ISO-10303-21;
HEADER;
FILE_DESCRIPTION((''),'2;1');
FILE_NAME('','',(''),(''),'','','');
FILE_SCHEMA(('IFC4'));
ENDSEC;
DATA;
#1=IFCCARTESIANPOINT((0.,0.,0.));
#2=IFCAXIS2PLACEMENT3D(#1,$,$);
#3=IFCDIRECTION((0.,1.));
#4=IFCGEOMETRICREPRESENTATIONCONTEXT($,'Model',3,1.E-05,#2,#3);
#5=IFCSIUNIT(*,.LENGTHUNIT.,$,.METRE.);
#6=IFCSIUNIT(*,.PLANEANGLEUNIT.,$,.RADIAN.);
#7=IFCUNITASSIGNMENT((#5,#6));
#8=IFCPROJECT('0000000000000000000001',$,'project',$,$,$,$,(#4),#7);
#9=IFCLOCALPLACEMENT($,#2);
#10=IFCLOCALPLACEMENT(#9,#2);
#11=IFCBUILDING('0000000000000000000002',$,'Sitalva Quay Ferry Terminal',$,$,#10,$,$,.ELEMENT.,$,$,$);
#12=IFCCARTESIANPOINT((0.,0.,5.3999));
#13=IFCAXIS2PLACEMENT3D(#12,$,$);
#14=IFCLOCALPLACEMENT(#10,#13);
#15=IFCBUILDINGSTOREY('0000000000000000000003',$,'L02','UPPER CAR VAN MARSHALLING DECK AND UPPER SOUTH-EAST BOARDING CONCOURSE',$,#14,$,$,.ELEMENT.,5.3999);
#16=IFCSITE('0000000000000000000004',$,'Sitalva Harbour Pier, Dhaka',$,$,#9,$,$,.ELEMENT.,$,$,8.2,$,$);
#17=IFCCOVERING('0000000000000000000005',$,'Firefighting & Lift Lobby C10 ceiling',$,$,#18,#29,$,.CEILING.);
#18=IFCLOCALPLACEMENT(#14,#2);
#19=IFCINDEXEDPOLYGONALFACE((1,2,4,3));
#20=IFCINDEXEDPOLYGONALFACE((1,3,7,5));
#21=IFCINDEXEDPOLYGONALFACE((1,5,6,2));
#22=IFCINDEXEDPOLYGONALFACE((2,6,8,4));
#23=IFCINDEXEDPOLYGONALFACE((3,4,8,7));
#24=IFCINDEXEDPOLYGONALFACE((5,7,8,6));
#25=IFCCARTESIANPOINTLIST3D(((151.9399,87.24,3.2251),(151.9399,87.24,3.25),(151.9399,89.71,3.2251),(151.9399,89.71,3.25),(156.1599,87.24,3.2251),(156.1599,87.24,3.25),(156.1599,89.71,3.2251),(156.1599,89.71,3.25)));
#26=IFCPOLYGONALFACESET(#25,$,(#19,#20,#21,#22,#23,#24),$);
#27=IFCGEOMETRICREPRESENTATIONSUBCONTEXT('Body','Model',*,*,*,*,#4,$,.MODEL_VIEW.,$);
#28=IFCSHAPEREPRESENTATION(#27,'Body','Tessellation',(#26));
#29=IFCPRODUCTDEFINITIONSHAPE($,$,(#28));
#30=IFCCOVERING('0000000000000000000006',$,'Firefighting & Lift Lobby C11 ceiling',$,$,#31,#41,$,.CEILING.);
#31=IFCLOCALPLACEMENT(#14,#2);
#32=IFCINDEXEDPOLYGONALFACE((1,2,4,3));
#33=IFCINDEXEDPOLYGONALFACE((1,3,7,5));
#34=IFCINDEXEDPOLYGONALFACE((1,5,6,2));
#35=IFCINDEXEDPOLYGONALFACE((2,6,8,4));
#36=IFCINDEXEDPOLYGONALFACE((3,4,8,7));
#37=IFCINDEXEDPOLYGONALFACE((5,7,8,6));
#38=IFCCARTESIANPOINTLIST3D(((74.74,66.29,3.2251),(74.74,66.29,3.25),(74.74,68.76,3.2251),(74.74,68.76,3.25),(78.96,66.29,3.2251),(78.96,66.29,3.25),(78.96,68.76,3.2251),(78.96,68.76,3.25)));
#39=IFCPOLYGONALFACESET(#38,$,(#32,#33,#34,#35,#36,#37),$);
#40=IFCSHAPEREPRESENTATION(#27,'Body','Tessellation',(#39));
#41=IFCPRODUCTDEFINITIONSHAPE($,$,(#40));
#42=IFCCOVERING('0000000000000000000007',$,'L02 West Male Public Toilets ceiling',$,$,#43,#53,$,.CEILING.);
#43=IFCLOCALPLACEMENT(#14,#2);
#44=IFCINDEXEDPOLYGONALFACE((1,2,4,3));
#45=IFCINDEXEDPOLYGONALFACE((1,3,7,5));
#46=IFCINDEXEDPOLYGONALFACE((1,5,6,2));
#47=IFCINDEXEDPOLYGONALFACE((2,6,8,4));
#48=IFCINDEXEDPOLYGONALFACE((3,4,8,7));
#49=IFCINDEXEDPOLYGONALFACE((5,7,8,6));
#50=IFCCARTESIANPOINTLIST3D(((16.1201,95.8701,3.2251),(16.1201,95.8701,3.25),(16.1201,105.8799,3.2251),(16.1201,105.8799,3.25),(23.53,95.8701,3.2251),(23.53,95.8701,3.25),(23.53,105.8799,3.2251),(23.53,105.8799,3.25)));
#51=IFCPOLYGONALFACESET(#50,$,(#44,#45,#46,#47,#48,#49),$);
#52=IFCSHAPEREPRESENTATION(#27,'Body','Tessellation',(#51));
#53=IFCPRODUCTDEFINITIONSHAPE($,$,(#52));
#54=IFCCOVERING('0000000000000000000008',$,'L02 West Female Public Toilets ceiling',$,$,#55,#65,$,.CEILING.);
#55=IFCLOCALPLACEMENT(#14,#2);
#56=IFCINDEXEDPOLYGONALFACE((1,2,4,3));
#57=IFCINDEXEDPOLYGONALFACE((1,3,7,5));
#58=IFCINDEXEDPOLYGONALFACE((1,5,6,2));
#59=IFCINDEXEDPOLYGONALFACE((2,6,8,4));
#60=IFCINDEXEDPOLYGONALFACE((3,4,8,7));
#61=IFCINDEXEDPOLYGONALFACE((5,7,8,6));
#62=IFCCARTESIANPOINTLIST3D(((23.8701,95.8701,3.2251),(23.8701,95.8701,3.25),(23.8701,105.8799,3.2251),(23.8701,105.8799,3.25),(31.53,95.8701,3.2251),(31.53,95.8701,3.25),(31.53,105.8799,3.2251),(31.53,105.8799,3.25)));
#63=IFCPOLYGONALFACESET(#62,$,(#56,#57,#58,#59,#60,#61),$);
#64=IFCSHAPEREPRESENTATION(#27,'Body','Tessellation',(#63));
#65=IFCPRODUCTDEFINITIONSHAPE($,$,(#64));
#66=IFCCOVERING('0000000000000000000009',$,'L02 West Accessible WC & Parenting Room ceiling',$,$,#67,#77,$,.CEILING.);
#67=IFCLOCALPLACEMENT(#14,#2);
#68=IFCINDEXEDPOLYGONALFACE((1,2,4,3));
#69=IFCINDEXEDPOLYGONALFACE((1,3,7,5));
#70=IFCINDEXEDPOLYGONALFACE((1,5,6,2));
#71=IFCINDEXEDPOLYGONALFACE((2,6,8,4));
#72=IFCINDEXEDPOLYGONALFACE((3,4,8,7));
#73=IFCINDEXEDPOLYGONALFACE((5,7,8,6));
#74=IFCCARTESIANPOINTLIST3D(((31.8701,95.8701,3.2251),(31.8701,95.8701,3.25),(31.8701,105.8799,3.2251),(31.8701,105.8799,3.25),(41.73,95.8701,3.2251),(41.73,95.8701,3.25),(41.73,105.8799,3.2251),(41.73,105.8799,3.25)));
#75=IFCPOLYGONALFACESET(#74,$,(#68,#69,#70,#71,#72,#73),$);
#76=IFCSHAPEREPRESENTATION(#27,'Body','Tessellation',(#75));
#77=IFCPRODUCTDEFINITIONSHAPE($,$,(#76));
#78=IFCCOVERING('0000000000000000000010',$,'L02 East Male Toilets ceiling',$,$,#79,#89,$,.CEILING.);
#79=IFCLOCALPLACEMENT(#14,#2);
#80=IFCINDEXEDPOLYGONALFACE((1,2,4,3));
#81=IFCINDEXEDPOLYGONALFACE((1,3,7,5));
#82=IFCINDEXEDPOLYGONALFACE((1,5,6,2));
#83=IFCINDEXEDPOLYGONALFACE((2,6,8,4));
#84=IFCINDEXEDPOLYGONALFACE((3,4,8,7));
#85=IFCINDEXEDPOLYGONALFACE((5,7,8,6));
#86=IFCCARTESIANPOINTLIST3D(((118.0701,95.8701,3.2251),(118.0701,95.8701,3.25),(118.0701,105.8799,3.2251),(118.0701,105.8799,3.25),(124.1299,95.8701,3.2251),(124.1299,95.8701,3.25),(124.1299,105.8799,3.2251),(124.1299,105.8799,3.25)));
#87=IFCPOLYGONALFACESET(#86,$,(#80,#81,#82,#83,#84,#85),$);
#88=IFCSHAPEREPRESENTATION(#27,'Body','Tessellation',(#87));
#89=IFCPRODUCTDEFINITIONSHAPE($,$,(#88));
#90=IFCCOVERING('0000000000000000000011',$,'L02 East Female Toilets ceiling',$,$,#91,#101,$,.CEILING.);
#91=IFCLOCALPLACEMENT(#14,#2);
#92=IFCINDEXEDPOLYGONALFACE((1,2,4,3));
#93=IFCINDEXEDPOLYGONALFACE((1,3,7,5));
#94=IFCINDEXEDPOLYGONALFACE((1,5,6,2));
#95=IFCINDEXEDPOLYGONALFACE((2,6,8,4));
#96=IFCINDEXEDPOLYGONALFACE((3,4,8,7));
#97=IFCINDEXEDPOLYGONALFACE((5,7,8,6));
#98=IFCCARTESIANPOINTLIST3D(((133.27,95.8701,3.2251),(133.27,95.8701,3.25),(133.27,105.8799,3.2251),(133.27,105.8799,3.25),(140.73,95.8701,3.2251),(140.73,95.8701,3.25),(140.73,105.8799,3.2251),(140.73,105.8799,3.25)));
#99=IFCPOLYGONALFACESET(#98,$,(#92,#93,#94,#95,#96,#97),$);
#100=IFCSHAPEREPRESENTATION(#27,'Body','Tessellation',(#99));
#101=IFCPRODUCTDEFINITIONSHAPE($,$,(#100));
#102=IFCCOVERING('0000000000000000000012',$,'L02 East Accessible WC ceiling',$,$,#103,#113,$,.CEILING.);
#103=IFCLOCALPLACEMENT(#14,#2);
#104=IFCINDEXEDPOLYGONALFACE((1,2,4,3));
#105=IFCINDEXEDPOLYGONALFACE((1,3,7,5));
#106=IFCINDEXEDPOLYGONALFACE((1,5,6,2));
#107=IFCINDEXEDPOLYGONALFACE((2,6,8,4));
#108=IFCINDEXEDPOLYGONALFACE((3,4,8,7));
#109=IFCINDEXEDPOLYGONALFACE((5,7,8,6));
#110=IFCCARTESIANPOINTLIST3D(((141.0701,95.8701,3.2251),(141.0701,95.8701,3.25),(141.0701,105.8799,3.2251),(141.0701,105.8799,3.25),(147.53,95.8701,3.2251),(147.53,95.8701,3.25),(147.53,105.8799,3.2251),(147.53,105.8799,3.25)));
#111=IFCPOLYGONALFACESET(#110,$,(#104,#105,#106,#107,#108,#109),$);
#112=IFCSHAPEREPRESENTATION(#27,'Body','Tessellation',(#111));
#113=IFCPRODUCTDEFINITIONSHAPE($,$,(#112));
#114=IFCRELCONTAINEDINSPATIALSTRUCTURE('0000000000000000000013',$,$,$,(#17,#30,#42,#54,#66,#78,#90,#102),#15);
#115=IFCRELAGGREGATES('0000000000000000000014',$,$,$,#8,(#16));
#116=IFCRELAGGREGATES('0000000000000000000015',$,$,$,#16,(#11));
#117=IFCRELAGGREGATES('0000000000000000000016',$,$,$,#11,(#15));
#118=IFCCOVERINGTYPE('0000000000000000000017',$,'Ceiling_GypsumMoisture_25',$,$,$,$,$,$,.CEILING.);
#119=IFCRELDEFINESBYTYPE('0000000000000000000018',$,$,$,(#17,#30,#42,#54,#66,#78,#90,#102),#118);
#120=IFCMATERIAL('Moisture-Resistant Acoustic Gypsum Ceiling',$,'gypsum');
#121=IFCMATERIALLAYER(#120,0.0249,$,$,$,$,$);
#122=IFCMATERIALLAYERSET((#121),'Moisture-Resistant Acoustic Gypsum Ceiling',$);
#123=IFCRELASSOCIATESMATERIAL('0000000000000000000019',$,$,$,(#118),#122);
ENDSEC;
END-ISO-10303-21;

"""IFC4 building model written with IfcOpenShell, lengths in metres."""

from ifc_helpers import new_model, si_unit, direction, frame, origin, place, context, subcontext, project, spatial, polyline, outline, extrude, material, layer, layer_set, type_object, element, save


model = new_model("IFC4")

# Units and contexts
model_context = context("Model", 3, precision=1e-05, world=origin(), true_north=direction((0.0, 1.0)))
body_context = subcontext(model_context, "Body", "Model", "MODEL_VIEW")
ifc_project = project(units=[si_unit("LENGTHUNIT", "METRE"), si_unit("PLANEANGLEUNIT", "RADIAN")], contexts=[model_context])

# Site, building, storey
site_placement = place(None, origin())
site = spatial("IfcSite", under=ifc_project, at=site_placement, Name="Sitalva Harbour Pier, Dhaka", CompositionType="ELEMENT", RefElevation=8.2)
building_placement = place(site_placement, origin())
building = spatial("IfcBuilding", under=site, at=building_placement, Name="Sitalva Quay Ferry Terminal", CompositionType="ELEMENT")
storey_placement = place(building_placement, frame((0.0, 0.0, 5.3999)))
storey = spatial("IfcBuildingStorey", under=building, at=storey_placement, Name="L02", Description="UPPER CAR VAN MARSHALLING DECK AND UPPER SOUTH-EAST BOARDING CONCOURSE", CompositionType="ELEMENT", Elevation=5.3999)

# Coverings
ifc_material_1 = material(Name="Moisture-Resistant Acoustic Gypsum Ceiling", Category="gypsum")
ifc_layer_1 = layer(ifc_material_1, 0.0249)
ifc_layer_set_1 = layer_set([ifc_layer_1], Name="Moisture-Resistant Acoustic Gypsum Ceiling")
covering_type_1 = type_object("IfcCoveringType", Name="Ceiling_GypsumMoisture_25", PredefinedType="CEILING", material=ifc_layer_set_1)
covering_1_placement = place(storey_placement, frame((0.0, 0.0, 3.2251)))
element("IfcCovering", 1, at=covering_1_placement, inside=storey, type_object=covering_type_1, Name="Firefighting & Lift Lobby C10 ceiling", PredefinedType="CEILING", context=body_context, shape_type="SweptSolid", body=[
    extrude(outline(polyline([(151.9399, 87.24), (156.1599, 87.24), (156.1599, 89.71), (151.9399, 89.71), (151.9399, 87.24)])), origin(), (0.0, 0.0, 1.0), 0.0249),
])
covering_2_placement = place(storey_placement, frame((0.0, 0.0, 3.2251)))
element("IfcCovering", 2, at=covering_2_placement, inside=storey, type_object=covering_type_1, Name="Firefighting & Lift Lobby C11 ceiling", PredefinedType="CEILING", context=body_context, shape_type="SweptSolid", body=[
    extrude(outline(polyline([(74.74, 66.29), (78.96, 66.29), (78.96, 68.76), (74.74, 68.76), (74.74, 66.29)])), origin(), (0.0, 0.0, 1.0), 0.0249),
])
covering_3_placement = place(storey_placement, frame((0.0, 0.0, 3.2251)))
element("IfcCovering", 3, at=covering_3_placement, inside=storey, type_object=covering_type_1, Name="L02 West Male Public Toilets ceiling", PredefinedType="CEILING", context=body_context, shape_type="SweptSolid", body=[
    extrude(outline(polyline([(16.1201, 95.8701), (23.53, 95.8701), (23.53, 105.8799), (16.1201, 105.8799), (16.1201, 95.8701)])), origin(), (0.0, 0.0, 1.0), 0.0249),
])
covering_4_placement = place(storey_placement, frame((0.0, 0.0, 3.2251)))
element("IfcCovering", 4, at=covering_4_placement, inside=storey, type_object=covering_type_1, Name="L02 West Female Public Toilets ceiling", PredefinedType="CEILING", context=body_context, shape_type="SweptSolid", body=[
    extrude(outline(polyline([(23.8701, 95.8701), (31.53, 95.8701), (31.53, 105.8799), (23.8701, 105.8799), (23.8701, 95.8701)])), origin(), (0.0, 0.0, 1.0), 0.0249),
])
covering_5_placement = place(storey_placement, frame((0.0, 0.0, 3.2251)))
element("IfcCovering", 5, at=covering_5_placement, inside=storey, type_object=covering_type_1, Name="L02 West Accessible WC & Parenting Room ceiling", PredefinedType="CEILING", context=body_context, shape_type="SweptSolid", body=[
    extrude(outline(polyline([(31.8701, 95.8701), (41.73, 95.8701), (41.73, 105.8799), (31.8701, 105.8799), (31.8701, 95.8701)])), origin(), (0.0, 0.0, 1.0), 0.0249),
])
covering_6_placement = place(storey_placement, frame((0.0, 0.0, 3.2251)))
element("IfcCovering", 6, at=covering_6_placement, inside=storey, type_object=covering_type_1, Name="L02 East Male Toilets ceiling", PredefinedType="CEILING", context=body_context, shape_type="SweptSolid", body=[
    extrude(outline(polyline([(118.0701, 95.8701), (124.1299, 95.8701), (124.1299, 105.8799), (118.0701, 105.8799), (118.0701, 95.8701)])), origin(), (0.0, 0.0, 1.0), 0.0249),
])
covering_7_placement = place(storey_placement, frame((0.0, 0.0, 3.2251)))
element("IfcCovering", 7, at=covering_7_placement, inside=storey, type_object=covering_type_1, Name="L02 East Female Toilets ceiling", PredefinedType="CEILING", context=body_context, shape_type="SweptSolid", body=[
    extrude(outline(polyline([(133.27, 95.8701), (140.73, 95.8701), (140.73, 105.8799), (133.27, 105.8799), (133.27, 95.8701)])), origin(), (0.0, 0.0, 1.0), 0.0249),
])
covering_8_placement = place(storey_placement, frame((0.0, 0.0, 3.2251)))
element("IfcCovering", 8, at=covering_8_placement, inside=storey, type_object=covering_type_1, Name="L02 East Accessible WC ceiling", PredefinedType="CEILING", context=body_context, shape_type="SweptSolid", body=[
    extrude(outline(polyline([(141.0701, 95.8701), (147.53, 95.8701), (147.53, 105.8799), (141.0701, 105.8799), (141.0701, 95.8701)])), origin(), (0.0, 0.0, 1.0), 0.0249),
])

save(model, "model.ifc")
